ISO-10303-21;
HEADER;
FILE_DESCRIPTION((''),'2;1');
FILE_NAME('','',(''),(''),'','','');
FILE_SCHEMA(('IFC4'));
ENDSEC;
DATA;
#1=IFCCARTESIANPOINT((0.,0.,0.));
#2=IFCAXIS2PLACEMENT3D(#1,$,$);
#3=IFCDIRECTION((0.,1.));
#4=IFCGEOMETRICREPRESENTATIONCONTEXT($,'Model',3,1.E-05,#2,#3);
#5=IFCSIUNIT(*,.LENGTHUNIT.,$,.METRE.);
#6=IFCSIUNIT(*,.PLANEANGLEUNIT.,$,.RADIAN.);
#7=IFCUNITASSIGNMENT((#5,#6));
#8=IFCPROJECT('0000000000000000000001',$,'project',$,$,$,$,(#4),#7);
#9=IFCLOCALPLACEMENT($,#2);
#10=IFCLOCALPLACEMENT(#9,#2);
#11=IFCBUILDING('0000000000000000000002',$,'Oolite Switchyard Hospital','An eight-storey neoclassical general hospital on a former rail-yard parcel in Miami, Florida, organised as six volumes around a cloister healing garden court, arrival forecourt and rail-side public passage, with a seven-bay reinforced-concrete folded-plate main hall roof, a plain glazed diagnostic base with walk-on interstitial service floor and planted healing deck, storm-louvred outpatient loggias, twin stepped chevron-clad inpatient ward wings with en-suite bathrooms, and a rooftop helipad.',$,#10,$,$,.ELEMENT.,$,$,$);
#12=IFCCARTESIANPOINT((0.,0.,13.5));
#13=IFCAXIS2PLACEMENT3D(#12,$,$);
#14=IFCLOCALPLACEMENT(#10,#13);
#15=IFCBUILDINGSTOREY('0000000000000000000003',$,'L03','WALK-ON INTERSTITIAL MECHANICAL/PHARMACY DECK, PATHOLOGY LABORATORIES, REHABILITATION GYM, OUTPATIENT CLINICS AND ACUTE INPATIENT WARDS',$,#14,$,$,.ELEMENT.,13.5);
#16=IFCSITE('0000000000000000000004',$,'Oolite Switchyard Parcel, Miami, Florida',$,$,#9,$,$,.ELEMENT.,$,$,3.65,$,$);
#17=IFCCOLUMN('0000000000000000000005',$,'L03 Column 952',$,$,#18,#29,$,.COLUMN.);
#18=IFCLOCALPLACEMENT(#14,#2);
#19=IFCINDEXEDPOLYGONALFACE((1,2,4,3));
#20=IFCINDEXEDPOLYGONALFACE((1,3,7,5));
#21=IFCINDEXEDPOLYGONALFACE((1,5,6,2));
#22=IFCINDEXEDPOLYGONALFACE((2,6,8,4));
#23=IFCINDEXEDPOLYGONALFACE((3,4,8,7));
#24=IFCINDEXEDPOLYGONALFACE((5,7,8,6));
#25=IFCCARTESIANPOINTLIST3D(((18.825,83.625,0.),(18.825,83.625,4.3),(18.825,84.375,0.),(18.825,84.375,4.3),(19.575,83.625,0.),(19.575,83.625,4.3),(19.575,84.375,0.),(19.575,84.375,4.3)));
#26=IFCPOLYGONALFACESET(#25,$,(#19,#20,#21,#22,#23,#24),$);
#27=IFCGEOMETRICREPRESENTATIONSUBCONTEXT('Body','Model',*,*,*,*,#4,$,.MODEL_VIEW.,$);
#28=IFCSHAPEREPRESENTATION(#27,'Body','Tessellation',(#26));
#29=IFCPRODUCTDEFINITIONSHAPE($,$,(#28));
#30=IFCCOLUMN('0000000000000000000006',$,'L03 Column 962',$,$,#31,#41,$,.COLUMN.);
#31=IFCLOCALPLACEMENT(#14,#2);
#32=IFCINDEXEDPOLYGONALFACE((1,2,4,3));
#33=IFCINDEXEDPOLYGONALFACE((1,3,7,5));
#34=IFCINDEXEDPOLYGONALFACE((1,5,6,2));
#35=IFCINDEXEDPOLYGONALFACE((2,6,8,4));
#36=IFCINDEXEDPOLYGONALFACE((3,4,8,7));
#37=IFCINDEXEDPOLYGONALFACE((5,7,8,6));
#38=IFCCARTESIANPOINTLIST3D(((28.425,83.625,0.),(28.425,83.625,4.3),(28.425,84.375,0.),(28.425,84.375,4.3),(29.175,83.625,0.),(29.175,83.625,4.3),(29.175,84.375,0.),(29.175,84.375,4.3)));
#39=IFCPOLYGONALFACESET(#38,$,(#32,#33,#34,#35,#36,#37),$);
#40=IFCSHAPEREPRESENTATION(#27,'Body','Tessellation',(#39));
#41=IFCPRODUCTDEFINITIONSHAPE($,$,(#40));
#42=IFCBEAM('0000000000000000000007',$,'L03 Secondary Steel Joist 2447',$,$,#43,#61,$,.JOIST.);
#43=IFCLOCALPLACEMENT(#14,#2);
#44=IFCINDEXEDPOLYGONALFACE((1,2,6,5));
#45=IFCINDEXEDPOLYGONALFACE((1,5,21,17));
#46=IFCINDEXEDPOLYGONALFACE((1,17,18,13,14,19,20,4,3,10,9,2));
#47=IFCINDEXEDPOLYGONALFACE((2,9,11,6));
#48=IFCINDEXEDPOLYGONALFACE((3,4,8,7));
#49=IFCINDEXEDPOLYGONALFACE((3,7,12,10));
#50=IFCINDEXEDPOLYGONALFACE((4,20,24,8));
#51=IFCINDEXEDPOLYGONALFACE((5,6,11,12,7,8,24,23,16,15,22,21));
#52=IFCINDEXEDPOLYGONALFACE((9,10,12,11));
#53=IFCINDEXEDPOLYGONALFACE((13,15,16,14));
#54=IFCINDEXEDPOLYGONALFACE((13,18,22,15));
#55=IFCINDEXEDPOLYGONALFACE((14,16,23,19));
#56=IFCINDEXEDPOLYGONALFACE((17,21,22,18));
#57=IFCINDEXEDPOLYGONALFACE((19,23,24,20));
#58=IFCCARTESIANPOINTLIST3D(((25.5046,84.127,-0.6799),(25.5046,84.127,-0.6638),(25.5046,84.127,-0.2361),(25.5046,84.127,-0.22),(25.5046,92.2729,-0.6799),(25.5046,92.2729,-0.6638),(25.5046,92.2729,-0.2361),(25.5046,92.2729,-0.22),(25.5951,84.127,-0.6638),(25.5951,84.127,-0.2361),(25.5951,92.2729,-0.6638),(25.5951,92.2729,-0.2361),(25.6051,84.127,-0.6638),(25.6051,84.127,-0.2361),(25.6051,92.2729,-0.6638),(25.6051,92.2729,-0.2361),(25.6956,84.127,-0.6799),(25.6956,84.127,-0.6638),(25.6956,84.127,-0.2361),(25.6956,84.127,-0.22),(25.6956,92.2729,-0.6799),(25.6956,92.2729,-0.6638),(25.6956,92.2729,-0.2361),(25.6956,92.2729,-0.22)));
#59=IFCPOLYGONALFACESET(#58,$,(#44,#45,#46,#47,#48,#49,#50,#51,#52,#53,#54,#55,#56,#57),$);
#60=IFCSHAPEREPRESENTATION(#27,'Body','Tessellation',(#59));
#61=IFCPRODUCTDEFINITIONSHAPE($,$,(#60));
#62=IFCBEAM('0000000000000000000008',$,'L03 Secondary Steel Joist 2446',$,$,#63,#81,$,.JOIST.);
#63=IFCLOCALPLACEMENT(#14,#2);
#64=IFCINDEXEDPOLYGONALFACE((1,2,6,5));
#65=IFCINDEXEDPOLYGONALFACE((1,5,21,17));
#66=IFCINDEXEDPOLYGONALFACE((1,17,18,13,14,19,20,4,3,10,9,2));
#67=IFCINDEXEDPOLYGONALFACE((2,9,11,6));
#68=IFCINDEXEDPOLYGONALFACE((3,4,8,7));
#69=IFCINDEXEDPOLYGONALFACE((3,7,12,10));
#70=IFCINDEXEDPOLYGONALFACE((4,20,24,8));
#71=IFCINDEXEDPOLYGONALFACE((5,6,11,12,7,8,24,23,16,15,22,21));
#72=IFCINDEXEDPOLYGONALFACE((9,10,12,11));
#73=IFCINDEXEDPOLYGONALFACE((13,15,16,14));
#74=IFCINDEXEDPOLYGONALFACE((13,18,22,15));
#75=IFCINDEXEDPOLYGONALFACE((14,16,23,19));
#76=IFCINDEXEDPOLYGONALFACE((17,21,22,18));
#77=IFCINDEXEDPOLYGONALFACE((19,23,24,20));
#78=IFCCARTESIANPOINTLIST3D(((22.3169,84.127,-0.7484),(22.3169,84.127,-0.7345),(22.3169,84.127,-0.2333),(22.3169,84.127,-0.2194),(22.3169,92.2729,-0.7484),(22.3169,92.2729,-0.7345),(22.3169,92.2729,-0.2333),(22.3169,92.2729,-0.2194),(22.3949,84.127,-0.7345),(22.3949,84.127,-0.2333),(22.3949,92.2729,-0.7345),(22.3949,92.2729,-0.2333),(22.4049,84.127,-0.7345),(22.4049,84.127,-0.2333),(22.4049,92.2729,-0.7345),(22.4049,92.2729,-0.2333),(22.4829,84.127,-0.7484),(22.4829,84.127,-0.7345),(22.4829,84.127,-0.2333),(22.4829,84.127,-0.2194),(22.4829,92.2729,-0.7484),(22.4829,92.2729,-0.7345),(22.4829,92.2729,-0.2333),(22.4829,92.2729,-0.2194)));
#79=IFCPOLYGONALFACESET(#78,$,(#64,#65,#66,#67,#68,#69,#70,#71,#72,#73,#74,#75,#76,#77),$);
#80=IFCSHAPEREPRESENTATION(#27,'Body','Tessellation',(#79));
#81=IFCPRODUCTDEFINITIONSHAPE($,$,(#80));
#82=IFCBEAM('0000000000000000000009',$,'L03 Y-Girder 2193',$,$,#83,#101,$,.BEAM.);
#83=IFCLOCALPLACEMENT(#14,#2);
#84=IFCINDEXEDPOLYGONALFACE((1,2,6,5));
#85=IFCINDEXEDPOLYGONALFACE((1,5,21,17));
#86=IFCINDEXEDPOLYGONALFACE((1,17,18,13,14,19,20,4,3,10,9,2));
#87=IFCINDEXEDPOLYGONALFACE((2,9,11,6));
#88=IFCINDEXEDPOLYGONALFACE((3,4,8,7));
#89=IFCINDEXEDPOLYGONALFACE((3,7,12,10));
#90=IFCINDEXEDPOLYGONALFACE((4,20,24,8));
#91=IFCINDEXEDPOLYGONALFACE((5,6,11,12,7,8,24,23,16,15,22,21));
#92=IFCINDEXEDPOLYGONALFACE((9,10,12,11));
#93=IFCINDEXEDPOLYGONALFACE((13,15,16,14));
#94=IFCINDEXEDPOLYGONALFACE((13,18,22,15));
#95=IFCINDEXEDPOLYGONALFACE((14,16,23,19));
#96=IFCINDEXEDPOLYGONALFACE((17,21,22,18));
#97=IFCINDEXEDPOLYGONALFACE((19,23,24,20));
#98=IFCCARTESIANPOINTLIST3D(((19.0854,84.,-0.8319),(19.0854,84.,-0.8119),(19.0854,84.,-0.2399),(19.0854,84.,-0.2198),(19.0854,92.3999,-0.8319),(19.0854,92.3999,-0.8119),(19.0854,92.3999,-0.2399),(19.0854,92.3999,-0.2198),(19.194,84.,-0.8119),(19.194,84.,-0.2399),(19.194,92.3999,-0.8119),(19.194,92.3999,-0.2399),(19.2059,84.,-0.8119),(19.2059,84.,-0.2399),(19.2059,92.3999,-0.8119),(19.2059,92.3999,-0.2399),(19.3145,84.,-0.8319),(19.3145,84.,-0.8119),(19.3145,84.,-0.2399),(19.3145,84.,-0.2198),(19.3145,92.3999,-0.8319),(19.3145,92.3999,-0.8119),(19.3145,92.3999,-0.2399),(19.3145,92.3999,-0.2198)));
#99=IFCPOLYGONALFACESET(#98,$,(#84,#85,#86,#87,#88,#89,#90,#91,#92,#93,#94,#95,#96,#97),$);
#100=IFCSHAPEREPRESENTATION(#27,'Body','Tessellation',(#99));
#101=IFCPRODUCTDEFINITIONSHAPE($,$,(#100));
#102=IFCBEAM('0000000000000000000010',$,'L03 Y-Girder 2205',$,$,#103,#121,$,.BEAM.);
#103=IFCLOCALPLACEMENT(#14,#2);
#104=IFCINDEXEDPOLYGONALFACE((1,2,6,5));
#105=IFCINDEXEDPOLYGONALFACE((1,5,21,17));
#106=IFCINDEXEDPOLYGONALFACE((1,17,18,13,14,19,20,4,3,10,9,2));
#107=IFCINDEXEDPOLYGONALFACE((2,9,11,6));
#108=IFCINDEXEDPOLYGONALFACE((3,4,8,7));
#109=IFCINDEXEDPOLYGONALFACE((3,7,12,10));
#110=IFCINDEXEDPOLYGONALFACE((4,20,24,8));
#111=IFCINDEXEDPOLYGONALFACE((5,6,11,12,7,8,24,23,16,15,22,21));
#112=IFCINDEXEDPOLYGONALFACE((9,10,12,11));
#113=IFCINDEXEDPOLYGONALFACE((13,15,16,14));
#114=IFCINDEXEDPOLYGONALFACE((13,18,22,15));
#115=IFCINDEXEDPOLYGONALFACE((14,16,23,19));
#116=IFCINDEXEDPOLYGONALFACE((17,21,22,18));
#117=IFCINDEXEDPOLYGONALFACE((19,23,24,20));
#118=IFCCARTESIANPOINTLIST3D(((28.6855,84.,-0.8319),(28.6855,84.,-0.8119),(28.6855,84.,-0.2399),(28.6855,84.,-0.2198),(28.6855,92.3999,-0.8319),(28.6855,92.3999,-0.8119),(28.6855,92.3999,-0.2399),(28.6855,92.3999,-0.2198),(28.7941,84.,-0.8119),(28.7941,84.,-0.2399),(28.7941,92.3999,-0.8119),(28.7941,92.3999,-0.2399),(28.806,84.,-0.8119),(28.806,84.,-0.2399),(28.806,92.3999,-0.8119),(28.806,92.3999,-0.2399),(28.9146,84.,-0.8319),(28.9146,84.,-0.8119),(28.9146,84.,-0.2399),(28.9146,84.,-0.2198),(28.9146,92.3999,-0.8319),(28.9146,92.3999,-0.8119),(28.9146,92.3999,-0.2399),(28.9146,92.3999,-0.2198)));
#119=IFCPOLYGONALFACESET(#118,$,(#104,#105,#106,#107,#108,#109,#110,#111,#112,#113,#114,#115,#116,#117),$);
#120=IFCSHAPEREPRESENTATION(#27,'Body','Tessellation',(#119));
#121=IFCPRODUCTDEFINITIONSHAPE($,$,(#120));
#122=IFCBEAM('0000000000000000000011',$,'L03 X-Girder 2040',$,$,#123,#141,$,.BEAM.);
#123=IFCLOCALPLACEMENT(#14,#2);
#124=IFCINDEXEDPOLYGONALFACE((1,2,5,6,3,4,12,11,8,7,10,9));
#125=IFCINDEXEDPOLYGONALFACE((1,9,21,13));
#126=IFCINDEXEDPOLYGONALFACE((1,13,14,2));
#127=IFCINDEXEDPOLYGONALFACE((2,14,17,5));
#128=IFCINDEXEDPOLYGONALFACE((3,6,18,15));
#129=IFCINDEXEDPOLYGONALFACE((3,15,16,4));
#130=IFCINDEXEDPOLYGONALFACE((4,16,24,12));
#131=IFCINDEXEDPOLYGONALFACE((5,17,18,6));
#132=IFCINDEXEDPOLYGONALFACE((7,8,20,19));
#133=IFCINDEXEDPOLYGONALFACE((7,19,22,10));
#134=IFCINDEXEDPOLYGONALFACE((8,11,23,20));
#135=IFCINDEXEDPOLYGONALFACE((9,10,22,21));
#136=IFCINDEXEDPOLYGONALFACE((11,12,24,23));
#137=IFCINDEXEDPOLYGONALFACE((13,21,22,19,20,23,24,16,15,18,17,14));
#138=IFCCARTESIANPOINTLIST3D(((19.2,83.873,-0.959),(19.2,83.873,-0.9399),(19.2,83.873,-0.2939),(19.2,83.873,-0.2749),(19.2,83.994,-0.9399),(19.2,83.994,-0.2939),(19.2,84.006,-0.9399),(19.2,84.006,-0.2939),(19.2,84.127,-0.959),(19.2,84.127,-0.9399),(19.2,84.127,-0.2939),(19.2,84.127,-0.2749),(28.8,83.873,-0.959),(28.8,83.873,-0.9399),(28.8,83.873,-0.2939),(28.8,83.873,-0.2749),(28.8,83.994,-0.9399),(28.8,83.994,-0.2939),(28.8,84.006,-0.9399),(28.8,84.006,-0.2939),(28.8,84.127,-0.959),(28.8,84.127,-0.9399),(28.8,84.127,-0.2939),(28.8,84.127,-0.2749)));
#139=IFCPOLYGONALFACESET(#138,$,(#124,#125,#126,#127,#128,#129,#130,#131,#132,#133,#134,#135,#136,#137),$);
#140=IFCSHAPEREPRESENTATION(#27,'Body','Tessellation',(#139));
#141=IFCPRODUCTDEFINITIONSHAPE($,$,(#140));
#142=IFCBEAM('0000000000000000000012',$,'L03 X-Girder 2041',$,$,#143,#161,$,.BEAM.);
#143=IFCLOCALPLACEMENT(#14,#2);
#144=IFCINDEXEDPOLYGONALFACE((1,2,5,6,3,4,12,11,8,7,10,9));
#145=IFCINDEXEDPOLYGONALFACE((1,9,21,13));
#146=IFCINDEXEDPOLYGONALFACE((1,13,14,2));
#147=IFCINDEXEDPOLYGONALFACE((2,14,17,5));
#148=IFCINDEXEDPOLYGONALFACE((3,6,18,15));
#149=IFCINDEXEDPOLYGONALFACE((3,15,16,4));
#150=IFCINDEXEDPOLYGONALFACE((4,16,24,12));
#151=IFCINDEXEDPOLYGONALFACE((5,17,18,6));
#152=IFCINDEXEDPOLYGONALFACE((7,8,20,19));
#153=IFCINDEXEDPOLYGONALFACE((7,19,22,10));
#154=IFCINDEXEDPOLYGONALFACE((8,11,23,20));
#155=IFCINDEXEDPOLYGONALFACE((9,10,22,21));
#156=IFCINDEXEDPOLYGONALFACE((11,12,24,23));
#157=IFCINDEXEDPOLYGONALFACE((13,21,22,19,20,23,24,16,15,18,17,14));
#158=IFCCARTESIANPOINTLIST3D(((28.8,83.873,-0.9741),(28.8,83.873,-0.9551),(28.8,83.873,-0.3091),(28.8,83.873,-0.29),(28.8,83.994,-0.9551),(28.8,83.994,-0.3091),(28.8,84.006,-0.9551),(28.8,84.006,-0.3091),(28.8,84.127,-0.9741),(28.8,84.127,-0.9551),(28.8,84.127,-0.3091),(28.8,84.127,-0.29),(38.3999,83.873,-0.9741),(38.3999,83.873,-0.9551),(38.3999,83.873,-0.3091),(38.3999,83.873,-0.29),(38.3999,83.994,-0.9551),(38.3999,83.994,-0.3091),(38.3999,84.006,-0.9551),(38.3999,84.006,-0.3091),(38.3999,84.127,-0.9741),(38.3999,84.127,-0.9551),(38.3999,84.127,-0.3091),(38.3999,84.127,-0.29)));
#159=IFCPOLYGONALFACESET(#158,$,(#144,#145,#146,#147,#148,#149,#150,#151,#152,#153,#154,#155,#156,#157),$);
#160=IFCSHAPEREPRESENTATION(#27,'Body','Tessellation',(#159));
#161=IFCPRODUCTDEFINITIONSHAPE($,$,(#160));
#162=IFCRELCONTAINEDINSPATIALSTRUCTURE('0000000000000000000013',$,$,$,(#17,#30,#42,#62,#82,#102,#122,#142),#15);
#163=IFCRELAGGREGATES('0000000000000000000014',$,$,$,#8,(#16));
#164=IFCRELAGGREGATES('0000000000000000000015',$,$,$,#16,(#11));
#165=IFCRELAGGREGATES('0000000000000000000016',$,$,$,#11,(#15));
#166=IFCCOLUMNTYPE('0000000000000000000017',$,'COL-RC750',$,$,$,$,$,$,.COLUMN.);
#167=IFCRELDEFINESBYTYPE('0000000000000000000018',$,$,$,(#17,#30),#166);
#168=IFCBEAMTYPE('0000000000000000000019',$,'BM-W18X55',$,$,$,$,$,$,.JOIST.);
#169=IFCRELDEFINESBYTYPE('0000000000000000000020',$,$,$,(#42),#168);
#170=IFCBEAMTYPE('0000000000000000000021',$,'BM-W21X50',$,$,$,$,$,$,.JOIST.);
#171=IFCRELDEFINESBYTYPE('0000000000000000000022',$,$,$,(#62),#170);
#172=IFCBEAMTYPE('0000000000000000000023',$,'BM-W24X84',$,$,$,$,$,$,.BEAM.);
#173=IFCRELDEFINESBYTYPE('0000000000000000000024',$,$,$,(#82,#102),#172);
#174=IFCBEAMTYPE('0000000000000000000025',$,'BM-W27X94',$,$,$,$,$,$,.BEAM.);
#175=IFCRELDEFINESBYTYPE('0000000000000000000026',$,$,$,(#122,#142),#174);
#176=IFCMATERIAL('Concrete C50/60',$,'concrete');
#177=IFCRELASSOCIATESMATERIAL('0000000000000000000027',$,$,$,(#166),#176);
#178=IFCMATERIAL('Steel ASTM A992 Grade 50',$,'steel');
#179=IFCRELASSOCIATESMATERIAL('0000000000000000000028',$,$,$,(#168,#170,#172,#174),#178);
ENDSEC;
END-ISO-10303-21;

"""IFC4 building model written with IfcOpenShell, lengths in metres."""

from ifc_helpers import new_model, si_unit, direction, frame, origin, origin_2d, place, context, subcontext, project, spatial, rectangle, i_section, extrude, material, material_profile, profile_set, type_object, element, save


model = new_model("IFC4")

# Units and contexts
model_context = context("Model", 3, precision=1e-05, world=origin(), true_north=direction((0.0, 1.0)))
body_context = subcontext(model_context, "Body", "Model", "MODEL_VIEW")
ifc_project = project(units=[si_unit("LENGTHUNIT", "METRE"), si_unit("PLANEANGLEUNIT", "RADIAN")], contexts=[model_context])

# Site, building, storey
site_placement = place(None, origin())
site = spatial("IfcSite", under=ifc_project, at=site_placement, Name="Oolite Switchyard Parcel, Miami, Florida", CompositionType="ELEMENT", RefElevation=3.65)
building_placement = place(site_placement, origin())
building = spatial("IfcBuilding", under=site, at=building_placement, Name="Oolite Switchyard Hospital", Description="An eight-storey neoclassical general hospital on a former rail-yard parcel in Miami, Florida, organised as six volumes around a cloister healing garden court, arrival forecourt and rail-side public passage, with a seven-bay reinforced-concrete folded-plate main hall roof, a plain glazed diagnostic base with walk-on interstitial service floor and planted healing deck, storm-louvred outpatient loggias, twin stepped chevron-clad inpatient ward wings with en-suite bathrooms, and a rooftop helipad.", CompositionType="ELEMENT")
storey_placement = place(building_placement, frame((0.0, 0.0, 13.5)))
storey = spatial("IfcBuildingStorey", under=building, at=storey_placement, Name="L03", Description="WALK-ON INTERSTITIAL MECHANICAL/PHARMACY DECK, PATHOLOGY LABORATORIES, REHABILITATION GYM, OUTPATIENT CLINICS AND ACUTE INPATIENT WARDS", CompositionType="ELEMENT", Elevation=13.5)

# Columns
ifc_material_1 = material(Name="Concrete C50/60", Category="concrete")
ifc_material_profile_1 = material_profile(ifc_material_1, rectangle(XDim=0.75, YDim=0.75, at=origin_2d()), Name="RC750X750")
ifc_profile_set_1 = profile_set([ifc_material_profile_1], Name="Concrete C50/60")
column_type = type_object("IfcColumnType", Name="COL-RC750", PredefinedType="COLUMN", material=ifc_profile_set_1)
for number, where, z_axis, x_axis, name in (
    (1, (19.2, 84.0, 0.0), (0.0, 0.0, 1.0), (1.0, 0.0, 0.0), "L03 Column 952"),
    (2, (28.8, 84.0, 0.0), (0.0, 0.0, 1.0), (1.0, 0.0, 0.0), "L03 Column 962"),
):
    element("IfcColumn", number, at=place(storey_placement, frame(where, z_axis=z_axis, x_axis=x_axis)), inside=storey, type_object=column_type, Name=name, PredefinedType="COLUMN", context=body_context, shape_type="SweptSolid", body=[
        extrude(rectangle(XDim=0.75, YDim=0.75, at=origin_2d()), origin(), (0.0, 0.0, 1.0), 4.3),
    ])

# Beams
ifc_material_2 = material(Name="Steel ASTM A992 Grade 50", Category="steel")
ifc_material_profile_2 = material_profile(ifc_material_2, i_section(OverallWidth=0.1909, OverallDepth=0.46, WebThickness=0.01, FlangeThickness=0.0161, at=origin_2d()), Name="W18X55")
ifc_profile_set_2 = profile_set([ifc_material_profile_2], Name="Steel ASTM A992 Grade 50")
beam_type_1 = type_object("IfcBeamType", Name="BM-W18X55", PredefinedType="JOIST", material=ifc_profile_set_2)
beam_1_placement = place(storey_placement, frame((25.6001, 84.127, -0.45), z_axis=(0.0, 1.0, 0.0), x_axis=(-1.0, 0.0, 0.0)))
element("IfcBeam", 3, at=beam_1_placement, inside=storey, type_object=beam_type_1, Name="L03 Secondary Steel Joist 2447", PredefinedType="JOIST", context=body_context, shape_type="SweptSolid", body=[
    extrude(i_section(OverallWidth=0.1909, OverallDepth=0.46, WebThickness=0.01, FlangeThickness=0.0161, at=origin_2d()), origin(), (0.0, 0.0, 1.0), 8.146),
])
ifc_material_profile_3 = material_profile(ifc_material_2, i_section(OverallWidth=0.166, OverallDepth=0.5291, WebThickness=0.01, FlangeThickness=0.0139, at=origin_2d()), Name="W21X50")
ifc_profile_set_3 = profile_set([ifc_material_profile_3], Name="Steel ASTM A992 Grade 50")
beam_type_2 = type_object("IfcBeamType", Name="BM-W21X50", PredefinedType="JOIST", material=ifc_profile_set_3)
beam_2_placement = place(storey_placement, frame((22.3999, 84.127, -0.4839), z_axis=(0.0, 1.0, 0.0), x_axis=(-1.0, 0.0, 0.0)))
element("IfcBeam", 4, at=beam_2_placement, inside=storey, type_object=beam_type_2, Name="L03 Secondary Steel Joist 2446", PredefinedType="JOIST", context=body_context, shape_type="SweptSolid", body=[
    extrude(i_section(OverallWidth=0.166, OverallDepth=0.5291, WebThickness=0.01, FlangeThickness=0.0139, at=origin_2d()), origin(), (0.0, 0.0, 1.0), 8.146),
])
ifc_material_profile_4 = material_profile(ifc_material_2, i_section(OverallWidth=0.229, OverallDepth=0.6121, WebThickness=0.012, FlangeThickness=0.02, at=origin_2d()), Name="W24X84")
ifc_profile_set_4 = profile_set([ifc_material_profile_4], Name="Steel ASTM A992 Grade 50")
beam_type_3 = type_object("IfcBeamType", Name="BM-W24X84", PredefinedType="BEAM", material=ifc_profile_set_4)
for number, where, z_axis, x_axis, name in (
    (5, (19.2, 84.0, -0.5259), (0.0, 1.0, 0.0), (-1.0, 0.0, 0.0), "L03 Y-Girder 2193"),
    (6, (28.8, 84.0, -0.5259), (0.0, 1.0, 0.0), (-1.0, 0.0, 0.0), "L03 Y-Girder 2205"),
):
    element("IfcBeam", number, at=place(storey_placement, frame(where, z_axis=z_axis, x_axis=x_axis)), inside=storey, type_object=beam_type_3, Name=name, PredefinedType="BEAM", context=body_context, shape_type="SweptSolid", body=[
        extrude(i_section(OverallWidth=0.229, OverallDepth=0.6121, WebThickness=0.012, FlangeThickness=0.02, at=origin_2d()), origin(), (0.0, 0.0, 1.0), 8.3999),
    ])
ifc_material_profile_5 = material_profile(ifc_material_2, i_section(OverallWidth=0.2539, OverallDepth=0.6841, WebThickness=0.012, FlangeThickness=0.019, at=origin_2d()), Name="W27X94")
ifc_profile_set_5 = profile_set([ifc_material_profile_5], Name="Steel ASTM A992 Grade 50")
beam_type_4 = type_object("IfcBeamType", Name="BM-W27X94", PredefinedType="BEAM", material=ifc_profile_set_5)
beam_3_placement = place(storey_placement, frame((19.2, 84.0, -0.6169), z_axis=(1.0, 0.0, 0.0), x_axis=(0.0, 1.0, 0.0)))
element("IfcBeam", 7, at=beam_3_placement, inside=storey, type_object=beam_type_4, Name="L03 X-Girder 2040", PredefinedType="BEAM", context=body_context, shape_type="SweptSolid", body=[
    extrude(i_section(OverallWidth=0.2539, OverallDepth=0.6841, WebThickness=0.012, FlangeThickness=0.019, at=origin_2d()), origin(), (0.0, 0.0, 1.0), 9.6001),
])
beam_4_placement = place(storey_placement, frame((28.8, 84.0, -0.6321), z_axis=(1.0, 0.0, 0.0), x_axis=(0.0, 1.0, 0.0)))
element("IfcBeam", 8, at=beam_4_placement, inside=storey, type_object=beam_type_4, Name="L03 X-Girder 2041", PredefinedType="BEAM", context=body_context, shape_type="SweptSolid", body=[
    extrude(i_section(OverallWidth=0.2539, OverallDepth=0.6841, WebThickness=0.012, FlangeThickness=0.019, at=origin_2d()), origin(), (0.0, 0.0, 1.0), 9.5999),
])

save(model, "model.ifc")
